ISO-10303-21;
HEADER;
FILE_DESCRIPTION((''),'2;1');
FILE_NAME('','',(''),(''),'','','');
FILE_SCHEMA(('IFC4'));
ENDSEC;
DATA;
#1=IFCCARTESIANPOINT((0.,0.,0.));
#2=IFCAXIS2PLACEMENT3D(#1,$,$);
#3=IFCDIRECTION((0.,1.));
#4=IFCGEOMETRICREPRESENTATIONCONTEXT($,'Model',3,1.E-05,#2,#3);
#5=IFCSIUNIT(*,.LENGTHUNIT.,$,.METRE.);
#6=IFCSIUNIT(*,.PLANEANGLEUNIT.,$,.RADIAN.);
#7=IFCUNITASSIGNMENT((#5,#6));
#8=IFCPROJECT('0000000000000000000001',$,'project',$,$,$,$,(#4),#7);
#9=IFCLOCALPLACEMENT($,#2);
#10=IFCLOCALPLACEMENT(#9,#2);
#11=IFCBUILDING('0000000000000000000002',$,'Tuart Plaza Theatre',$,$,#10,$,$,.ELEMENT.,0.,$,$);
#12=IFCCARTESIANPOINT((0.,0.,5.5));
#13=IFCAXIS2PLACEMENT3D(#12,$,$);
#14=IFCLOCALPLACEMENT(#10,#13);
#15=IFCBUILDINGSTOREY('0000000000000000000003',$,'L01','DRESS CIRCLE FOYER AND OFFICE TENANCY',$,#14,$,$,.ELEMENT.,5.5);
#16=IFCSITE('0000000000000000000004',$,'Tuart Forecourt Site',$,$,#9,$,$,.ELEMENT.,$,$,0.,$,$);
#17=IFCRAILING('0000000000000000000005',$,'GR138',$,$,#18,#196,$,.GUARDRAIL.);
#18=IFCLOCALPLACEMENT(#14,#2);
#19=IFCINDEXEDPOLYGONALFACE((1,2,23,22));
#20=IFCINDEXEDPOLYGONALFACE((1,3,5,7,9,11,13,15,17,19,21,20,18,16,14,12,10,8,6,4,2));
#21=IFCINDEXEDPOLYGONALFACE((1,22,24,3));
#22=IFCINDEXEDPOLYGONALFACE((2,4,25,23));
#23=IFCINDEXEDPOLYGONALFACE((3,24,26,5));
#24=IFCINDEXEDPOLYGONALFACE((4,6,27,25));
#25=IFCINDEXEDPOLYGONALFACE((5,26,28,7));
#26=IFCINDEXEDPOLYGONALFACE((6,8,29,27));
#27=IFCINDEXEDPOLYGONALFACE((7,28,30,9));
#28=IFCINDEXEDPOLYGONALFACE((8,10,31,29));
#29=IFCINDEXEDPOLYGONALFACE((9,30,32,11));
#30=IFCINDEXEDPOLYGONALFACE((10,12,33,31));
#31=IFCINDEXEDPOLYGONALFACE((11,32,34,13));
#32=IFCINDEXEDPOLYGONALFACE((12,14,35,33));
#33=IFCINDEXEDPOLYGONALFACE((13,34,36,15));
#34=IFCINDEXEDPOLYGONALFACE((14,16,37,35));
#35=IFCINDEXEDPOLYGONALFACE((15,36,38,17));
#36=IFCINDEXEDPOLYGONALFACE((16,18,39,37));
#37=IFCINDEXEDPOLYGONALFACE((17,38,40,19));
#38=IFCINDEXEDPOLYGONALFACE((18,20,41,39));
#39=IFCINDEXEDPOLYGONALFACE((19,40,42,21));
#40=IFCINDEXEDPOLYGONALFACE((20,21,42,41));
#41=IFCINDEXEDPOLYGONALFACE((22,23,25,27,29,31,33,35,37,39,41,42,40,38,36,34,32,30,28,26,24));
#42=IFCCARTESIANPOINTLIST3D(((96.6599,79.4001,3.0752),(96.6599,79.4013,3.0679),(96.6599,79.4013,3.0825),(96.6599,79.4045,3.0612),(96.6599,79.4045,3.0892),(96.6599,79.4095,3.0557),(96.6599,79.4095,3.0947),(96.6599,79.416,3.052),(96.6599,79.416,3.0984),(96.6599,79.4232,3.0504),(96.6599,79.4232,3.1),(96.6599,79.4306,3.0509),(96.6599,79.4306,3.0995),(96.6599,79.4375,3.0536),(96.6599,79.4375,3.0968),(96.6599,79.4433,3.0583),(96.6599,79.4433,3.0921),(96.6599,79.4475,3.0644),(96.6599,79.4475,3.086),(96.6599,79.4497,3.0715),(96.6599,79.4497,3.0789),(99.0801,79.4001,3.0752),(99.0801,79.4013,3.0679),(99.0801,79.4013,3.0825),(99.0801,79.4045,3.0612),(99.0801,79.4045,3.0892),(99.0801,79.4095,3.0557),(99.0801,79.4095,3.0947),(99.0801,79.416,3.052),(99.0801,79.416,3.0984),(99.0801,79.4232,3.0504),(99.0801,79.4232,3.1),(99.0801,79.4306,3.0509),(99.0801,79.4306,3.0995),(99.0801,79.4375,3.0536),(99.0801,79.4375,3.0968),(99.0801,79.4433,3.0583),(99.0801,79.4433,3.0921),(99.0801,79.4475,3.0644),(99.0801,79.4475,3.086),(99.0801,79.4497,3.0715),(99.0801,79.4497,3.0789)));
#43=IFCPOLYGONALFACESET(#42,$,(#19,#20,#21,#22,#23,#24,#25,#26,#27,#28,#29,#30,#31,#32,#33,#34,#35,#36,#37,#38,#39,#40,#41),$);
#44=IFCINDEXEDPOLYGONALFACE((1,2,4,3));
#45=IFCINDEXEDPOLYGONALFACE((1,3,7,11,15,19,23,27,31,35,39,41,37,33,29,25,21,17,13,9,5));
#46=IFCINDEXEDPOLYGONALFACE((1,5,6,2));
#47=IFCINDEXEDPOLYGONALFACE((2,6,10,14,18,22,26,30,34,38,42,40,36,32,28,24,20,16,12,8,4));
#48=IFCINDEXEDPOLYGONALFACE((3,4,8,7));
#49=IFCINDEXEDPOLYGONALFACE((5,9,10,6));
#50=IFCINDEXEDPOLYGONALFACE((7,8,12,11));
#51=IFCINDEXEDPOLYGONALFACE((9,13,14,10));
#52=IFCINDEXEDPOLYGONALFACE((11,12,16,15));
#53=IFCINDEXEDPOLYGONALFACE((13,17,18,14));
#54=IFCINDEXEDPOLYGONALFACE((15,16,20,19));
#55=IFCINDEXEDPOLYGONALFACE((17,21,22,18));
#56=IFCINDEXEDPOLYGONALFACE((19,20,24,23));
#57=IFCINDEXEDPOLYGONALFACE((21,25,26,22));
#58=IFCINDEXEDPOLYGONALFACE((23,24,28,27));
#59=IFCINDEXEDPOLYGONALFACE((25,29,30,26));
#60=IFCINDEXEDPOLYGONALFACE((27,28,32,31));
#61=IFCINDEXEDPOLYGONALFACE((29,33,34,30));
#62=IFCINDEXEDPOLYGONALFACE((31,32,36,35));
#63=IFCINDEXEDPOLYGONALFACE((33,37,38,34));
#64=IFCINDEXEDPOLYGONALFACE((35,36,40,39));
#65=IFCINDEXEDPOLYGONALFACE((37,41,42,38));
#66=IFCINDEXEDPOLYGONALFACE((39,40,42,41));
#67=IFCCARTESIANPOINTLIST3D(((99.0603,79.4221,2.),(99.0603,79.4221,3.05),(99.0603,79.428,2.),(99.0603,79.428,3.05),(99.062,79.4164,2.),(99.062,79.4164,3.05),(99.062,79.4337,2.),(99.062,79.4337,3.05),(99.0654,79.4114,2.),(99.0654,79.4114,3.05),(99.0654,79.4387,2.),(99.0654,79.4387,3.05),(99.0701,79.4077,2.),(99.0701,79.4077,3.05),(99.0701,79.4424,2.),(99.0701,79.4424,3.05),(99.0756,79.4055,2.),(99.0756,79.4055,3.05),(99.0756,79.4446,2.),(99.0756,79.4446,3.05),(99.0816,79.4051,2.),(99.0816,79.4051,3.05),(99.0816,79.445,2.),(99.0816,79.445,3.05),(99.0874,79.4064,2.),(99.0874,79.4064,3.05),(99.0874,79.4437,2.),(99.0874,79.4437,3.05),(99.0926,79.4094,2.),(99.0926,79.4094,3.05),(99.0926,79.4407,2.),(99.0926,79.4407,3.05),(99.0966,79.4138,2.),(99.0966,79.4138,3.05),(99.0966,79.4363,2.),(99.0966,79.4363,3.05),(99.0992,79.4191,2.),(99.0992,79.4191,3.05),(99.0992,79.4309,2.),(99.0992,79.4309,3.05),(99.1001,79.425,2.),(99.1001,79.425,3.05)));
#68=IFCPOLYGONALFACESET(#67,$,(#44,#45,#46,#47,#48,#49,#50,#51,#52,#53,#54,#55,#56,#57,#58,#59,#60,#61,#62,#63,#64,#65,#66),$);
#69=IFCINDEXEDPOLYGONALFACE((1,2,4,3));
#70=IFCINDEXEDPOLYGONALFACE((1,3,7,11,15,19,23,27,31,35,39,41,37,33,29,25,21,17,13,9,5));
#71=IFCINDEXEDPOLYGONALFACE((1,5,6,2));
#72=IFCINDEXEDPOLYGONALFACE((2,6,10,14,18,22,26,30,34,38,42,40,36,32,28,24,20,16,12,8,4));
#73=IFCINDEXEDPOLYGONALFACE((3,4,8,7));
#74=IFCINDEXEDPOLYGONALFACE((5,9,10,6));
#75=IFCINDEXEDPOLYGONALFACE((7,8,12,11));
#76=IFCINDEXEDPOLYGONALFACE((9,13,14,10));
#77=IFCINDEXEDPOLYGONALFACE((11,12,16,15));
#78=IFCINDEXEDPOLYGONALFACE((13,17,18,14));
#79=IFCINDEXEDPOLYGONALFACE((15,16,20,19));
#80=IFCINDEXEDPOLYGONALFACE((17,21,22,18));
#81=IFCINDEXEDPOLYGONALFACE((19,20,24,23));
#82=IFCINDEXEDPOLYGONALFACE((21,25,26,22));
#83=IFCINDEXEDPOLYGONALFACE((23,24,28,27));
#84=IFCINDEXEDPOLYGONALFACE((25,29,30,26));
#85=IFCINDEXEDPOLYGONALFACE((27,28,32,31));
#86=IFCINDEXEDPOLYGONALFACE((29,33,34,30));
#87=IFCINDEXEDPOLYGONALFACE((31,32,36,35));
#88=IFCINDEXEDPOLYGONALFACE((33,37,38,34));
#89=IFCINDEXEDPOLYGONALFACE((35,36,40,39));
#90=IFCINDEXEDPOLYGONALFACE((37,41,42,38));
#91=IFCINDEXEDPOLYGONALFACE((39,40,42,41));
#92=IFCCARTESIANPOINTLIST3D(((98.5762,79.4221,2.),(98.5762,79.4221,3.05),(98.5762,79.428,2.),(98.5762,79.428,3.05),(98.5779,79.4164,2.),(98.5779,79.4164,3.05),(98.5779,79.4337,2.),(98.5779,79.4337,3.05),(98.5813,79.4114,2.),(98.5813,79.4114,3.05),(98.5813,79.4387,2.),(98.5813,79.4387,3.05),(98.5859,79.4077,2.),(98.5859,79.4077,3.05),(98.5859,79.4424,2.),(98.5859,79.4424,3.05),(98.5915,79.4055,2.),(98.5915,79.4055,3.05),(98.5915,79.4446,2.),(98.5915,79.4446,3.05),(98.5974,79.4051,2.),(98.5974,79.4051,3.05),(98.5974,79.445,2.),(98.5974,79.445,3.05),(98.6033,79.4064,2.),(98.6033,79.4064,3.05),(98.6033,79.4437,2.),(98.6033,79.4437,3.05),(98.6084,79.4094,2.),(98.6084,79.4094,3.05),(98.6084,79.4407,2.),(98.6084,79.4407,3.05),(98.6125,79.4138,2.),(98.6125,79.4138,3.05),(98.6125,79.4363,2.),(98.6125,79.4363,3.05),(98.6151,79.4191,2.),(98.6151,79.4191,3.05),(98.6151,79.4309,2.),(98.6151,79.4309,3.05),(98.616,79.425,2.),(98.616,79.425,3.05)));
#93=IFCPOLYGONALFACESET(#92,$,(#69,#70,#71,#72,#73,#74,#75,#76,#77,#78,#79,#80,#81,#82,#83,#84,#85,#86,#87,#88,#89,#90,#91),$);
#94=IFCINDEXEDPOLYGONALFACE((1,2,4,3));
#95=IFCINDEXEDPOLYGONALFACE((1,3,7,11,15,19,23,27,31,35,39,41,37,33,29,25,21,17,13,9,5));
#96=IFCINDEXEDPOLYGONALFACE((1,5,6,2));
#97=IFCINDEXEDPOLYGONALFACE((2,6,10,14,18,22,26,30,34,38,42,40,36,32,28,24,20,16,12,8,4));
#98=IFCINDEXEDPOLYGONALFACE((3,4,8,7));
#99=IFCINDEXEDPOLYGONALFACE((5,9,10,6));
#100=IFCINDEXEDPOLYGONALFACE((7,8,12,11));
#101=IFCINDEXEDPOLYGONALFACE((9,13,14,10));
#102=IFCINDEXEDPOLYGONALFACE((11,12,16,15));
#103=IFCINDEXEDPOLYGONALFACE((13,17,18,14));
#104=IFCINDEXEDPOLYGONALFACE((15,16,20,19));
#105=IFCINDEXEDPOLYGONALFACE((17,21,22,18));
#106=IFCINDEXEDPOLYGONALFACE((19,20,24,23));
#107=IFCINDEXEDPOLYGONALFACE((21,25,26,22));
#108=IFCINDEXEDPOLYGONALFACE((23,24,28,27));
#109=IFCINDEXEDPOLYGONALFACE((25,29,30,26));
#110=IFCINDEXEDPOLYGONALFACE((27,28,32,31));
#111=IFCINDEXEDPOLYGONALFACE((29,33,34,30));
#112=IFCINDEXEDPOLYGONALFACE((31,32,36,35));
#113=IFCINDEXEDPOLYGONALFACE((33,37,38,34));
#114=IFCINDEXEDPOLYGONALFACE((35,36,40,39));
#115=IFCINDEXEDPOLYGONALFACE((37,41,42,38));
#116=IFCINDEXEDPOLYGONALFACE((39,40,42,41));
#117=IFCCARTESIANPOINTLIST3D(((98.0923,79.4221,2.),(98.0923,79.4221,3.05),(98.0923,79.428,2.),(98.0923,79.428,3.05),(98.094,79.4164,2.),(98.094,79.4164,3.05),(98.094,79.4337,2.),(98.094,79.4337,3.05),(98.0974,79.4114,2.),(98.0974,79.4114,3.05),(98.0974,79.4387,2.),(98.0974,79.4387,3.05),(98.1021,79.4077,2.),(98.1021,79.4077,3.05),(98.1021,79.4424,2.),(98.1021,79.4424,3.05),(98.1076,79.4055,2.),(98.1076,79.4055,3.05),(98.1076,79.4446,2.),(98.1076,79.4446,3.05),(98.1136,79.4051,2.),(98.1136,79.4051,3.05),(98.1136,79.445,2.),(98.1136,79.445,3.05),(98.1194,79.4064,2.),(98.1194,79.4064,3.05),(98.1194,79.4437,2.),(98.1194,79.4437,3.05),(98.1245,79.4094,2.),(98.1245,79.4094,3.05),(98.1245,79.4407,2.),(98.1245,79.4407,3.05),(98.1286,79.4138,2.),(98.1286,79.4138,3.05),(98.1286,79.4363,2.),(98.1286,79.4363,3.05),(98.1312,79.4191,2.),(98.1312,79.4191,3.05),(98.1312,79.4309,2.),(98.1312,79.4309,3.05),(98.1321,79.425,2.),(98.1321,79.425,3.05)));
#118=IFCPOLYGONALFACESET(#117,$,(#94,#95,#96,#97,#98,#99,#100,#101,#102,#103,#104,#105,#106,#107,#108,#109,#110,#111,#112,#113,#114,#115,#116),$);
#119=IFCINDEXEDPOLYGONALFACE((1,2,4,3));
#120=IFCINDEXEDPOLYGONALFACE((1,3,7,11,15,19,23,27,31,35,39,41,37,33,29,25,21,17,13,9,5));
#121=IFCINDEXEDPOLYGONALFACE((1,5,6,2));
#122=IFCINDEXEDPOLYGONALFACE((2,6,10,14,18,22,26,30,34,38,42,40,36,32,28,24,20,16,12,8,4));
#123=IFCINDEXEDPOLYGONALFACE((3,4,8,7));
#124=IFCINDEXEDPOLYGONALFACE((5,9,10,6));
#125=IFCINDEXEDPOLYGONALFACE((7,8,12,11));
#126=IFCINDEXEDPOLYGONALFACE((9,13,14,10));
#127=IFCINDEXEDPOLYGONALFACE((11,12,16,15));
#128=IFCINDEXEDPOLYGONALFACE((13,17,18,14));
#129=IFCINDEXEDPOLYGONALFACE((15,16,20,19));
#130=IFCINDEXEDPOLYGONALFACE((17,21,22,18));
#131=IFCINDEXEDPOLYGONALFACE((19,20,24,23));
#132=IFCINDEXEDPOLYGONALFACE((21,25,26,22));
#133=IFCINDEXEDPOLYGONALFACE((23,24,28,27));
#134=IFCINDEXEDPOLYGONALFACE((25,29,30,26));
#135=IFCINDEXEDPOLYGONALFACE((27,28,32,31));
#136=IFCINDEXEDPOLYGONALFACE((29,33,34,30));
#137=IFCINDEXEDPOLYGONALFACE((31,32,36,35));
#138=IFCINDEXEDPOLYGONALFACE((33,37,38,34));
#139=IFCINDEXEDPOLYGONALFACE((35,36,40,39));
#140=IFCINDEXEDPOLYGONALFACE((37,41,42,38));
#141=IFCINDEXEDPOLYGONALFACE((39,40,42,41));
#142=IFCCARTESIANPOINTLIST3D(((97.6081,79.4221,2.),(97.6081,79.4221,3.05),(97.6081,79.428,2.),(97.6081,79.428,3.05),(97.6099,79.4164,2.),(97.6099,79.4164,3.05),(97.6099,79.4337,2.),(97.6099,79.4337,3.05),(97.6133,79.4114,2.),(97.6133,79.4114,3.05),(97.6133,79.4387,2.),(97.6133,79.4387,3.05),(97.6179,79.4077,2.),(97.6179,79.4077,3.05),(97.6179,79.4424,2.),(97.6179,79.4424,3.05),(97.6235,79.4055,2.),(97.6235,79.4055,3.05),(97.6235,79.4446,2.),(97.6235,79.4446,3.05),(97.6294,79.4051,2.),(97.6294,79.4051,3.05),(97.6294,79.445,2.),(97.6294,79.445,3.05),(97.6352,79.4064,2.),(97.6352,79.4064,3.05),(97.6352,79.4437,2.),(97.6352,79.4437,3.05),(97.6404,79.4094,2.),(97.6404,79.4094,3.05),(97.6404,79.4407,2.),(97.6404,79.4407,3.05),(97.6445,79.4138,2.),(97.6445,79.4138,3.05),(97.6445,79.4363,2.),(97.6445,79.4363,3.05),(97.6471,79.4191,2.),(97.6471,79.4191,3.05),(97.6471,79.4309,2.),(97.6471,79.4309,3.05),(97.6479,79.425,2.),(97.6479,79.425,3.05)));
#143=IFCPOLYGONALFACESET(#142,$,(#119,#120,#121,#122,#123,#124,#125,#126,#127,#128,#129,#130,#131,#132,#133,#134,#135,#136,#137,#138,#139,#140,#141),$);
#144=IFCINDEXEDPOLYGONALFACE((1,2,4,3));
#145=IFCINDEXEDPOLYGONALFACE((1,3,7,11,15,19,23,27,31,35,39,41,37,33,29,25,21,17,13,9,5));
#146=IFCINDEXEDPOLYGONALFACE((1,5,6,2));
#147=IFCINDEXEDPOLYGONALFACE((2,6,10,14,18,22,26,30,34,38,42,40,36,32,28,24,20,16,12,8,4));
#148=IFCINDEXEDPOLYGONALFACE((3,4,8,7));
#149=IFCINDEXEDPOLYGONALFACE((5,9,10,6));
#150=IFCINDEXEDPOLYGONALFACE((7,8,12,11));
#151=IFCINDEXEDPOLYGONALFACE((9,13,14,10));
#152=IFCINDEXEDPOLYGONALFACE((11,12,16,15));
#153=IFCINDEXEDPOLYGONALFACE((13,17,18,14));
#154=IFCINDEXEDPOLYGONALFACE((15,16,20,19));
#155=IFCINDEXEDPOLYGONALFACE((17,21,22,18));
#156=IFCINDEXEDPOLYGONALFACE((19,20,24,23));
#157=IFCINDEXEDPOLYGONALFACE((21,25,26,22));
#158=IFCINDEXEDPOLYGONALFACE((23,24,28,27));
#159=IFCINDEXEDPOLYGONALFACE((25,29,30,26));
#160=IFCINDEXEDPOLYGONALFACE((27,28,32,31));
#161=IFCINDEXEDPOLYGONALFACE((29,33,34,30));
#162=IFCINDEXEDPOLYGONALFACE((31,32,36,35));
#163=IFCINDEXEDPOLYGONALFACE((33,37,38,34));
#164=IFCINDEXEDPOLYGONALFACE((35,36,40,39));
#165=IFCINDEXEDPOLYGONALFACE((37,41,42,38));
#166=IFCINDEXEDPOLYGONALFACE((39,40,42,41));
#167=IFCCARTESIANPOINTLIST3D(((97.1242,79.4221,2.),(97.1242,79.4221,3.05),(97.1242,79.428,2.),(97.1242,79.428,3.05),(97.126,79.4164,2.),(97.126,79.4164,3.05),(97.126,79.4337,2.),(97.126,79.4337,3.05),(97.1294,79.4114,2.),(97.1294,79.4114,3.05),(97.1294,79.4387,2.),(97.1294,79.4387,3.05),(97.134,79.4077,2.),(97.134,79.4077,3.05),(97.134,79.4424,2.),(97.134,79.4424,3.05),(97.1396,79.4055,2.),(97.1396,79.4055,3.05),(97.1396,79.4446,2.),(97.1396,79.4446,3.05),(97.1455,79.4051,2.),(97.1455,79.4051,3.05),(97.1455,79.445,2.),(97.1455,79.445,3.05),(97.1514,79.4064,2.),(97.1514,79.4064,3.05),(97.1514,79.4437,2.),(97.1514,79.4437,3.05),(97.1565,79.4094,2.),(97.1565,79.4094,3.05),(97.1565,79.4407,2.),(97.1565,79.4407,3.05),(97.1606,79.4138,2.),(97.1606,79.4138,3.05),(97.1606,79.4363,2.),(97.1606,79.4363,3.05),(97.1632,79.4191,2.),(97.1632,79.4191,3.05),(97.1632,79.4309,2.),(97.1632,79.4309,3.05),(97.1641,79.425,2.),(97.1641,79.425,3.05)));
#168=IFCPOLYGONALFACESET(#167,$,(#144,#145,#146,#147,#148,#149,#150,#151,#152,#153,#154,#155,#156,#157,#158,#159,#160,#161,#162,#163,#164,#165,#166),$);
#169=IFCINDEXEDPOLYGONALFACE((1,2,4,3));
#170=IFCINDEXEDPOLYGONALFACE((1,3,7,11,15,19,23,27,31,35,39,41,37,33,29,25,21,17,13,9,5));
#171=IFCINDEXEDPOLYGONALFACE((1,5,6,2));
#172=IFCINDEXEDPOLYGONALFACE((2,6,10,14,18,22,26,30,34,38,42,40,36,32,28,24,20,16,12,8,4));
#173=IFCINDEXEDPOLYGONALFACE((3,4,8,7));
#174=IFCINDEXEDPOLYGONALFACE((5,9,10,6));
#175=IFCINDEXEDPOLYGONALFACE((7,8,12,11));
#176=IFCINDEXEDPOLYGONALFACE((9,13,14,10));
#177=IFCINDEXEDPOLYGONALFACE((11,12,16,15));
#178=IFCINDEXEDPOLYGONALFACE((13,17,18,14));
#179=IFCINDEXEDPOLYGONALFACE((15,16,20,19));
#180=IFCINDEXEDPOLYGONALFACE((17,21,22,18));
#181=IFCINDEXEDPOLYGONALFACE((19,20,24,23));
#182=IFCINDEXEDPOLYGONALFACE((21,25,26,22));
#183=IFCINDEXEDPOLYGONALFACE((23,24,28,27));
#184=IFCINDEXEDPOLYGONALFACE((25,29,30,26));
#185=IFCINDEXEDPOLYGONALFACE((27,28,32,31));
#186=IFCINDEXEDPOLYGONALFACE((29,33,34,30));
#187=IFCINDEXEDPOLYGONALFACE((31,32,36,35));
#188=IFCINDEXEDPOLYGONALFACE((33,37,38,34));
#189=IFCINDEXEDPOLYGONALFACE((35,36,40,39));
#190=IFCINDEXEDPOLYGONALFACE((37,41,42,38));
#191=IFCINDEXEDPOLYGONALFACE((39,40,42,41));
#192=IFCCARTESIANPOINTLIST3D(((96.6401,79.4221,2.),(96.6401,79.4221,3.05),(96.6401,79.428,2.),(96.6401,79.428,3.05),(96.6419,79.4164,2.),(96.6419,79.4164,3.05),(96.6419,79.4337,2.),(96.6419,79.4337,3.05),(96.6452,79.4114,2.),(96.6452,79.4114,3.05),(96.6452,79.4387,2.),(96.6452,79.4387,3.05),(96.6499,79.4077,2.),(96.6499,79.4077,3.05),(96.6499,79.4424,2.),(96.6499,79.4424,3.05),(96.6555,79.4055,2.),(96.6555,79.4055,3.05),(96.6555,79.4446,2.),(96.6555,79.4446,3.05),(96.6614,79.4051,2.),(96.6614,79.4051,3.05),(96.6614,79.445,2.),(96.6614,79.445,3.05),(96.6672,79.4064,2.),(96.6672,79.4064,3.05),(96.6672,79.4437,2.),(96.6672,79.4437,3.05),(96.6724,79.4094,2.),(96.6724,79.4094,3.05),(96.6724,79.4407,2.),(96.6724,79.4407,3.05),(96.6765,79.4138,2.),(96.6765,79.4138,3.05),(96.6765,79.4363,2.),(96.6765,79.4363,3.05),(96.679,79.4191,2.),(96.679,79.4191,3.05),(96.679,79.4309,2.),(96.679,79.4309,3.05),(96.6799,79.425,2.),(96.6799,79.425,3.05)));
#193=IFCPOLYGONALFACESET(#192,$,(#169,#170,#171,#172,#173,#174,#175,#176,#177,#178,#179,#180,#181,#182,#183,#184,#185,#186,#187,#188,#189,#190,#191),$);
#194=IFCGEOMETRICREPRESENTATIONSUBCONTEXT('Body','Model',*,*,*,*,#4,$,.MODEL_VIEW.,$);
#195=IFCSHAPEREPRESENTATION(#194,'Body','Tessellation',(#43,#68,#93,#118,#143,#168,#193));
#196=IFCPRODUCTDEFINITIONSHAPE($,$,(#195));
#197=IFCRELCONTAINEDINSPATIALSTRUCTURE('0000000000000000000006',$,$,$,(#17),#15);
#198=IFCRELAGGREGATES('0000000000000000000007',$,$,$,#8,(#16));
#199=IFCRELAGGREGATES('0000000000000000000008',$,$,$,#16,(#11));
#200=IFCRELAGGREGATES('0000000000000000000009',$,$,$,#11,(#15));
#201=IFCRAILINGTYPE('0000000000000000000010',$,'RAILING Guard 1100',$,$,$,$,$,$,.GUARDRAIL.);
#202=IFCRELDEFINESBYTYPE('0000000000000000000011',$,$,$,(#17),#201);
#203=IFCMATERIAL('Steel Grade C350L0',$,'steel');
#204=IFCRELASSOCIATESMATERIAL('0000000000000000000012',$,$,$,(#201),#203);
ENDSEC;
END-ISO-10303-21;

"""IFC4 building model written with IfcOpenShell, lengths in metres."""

from ifc_helpers import new_model, si_unit, direction, frame, origin, origin_2d, place, context, subcontext, project, spatial, circle, extrude, material, type_object, element, save


model = new_model("IFC4")

# Units and contexts
model_context = context("Model", 3, precision=1e-05, world=origin(), true_north=direction((0.0, 1.0)))
body_context = subcontext(model_context, "Body", "Model", "MODEL_VIEW")
ifc_project = project(units=[si_unit("LENGTHUNIT", "METRE"), si_unit("PLANEANGLEUNIT", "RADIAN")], contexts=[model_context])

# Site, building, storey
site_placement = place(None, origin())
site = spatial("IfcSite", under=ifc_project, at=site_placement, Name="Tuart Forecourt Site", CompositionType="ELEMENT", RefElevation=0.0)
building_placement = place(site_placement, origin())
building = spatial("IfcBuilding", under=site, at=building_placement, Name="Tuart Plaza Theatre", CompositionType="ELEMENT", ElevationOfRefHeight=0.0)
storey_placement = place(building_placement, frame((0.0, 0.0, 5.5)))
storey = spatial("IfcBuildingStorey", under=building, at=storey_placement, Name="L01", Description="DRESS CIRCLE FOYER AND OFFICE TENANCY", CompositionType="ELEMENT", Elevation=5.5)

# Railing
ifc_material_1 = material(Name="Steel Grade C350L0", Category="steel")
railing_type = type_object("IfcRailingType", Name="RAILING Guard 1100", PredefinedType="GUARDRAIL", material=ifc_material_1)
railing_1_placement = place(storey_placement, frame((99.0801, 79.425, 2.0)))
element("IfcRailing", 1, at=railing_1_placement, inside=storey, type_object=railing_type, Name="GR138", PredefinedType="GUARDRAIL", context=body_context, shape_type="SweptSolid", body=[
    extrude(circle(Radius=0.0249, at=origin_2d()), frame((0.0, 0.0, 1.0752), z_axis=(-1.0, 0.0, 0.0), x_axis=(0.0, -1.0, 0.0)), (0.0, 0.0, 1.0), 2.4202),
    extrude(circle(Radius=0.02, at=origin_2d()), origin(), (0.0, 0.0, 1.0), 1.05),
    extrude(circle(Radius=0.02, at=origin_2d()), frame((-0.4841, 0.0, 0.0)), (0.0, 0.0, 1.0), 1.05),
    extrude(circle(Radius=0.02, at=origin_2d()), frame((-0.968, 0.0, 0.0)), (0.0, 0.0, 1.0), 1.05),
    extrude(circle(Radius=0.02, at=origin_2d()), frame((-1.4521, 0.0, 0.0)), (0.0, 0.0, 1.0), 1.05),
    extrude(circle(Radius=0.02, at=origin_2d()), frame((-1.936, 0.0, 0.0)), (0.0, 0.0, 1.0), 1.05),
    extrude(circle(Radius=0.02, at=origin_2d()), frame((-2.4202, 0.0, 0.0)), (0.0, 0.0, 1.0), 1.05),
])

save(model, "model.ifc")
